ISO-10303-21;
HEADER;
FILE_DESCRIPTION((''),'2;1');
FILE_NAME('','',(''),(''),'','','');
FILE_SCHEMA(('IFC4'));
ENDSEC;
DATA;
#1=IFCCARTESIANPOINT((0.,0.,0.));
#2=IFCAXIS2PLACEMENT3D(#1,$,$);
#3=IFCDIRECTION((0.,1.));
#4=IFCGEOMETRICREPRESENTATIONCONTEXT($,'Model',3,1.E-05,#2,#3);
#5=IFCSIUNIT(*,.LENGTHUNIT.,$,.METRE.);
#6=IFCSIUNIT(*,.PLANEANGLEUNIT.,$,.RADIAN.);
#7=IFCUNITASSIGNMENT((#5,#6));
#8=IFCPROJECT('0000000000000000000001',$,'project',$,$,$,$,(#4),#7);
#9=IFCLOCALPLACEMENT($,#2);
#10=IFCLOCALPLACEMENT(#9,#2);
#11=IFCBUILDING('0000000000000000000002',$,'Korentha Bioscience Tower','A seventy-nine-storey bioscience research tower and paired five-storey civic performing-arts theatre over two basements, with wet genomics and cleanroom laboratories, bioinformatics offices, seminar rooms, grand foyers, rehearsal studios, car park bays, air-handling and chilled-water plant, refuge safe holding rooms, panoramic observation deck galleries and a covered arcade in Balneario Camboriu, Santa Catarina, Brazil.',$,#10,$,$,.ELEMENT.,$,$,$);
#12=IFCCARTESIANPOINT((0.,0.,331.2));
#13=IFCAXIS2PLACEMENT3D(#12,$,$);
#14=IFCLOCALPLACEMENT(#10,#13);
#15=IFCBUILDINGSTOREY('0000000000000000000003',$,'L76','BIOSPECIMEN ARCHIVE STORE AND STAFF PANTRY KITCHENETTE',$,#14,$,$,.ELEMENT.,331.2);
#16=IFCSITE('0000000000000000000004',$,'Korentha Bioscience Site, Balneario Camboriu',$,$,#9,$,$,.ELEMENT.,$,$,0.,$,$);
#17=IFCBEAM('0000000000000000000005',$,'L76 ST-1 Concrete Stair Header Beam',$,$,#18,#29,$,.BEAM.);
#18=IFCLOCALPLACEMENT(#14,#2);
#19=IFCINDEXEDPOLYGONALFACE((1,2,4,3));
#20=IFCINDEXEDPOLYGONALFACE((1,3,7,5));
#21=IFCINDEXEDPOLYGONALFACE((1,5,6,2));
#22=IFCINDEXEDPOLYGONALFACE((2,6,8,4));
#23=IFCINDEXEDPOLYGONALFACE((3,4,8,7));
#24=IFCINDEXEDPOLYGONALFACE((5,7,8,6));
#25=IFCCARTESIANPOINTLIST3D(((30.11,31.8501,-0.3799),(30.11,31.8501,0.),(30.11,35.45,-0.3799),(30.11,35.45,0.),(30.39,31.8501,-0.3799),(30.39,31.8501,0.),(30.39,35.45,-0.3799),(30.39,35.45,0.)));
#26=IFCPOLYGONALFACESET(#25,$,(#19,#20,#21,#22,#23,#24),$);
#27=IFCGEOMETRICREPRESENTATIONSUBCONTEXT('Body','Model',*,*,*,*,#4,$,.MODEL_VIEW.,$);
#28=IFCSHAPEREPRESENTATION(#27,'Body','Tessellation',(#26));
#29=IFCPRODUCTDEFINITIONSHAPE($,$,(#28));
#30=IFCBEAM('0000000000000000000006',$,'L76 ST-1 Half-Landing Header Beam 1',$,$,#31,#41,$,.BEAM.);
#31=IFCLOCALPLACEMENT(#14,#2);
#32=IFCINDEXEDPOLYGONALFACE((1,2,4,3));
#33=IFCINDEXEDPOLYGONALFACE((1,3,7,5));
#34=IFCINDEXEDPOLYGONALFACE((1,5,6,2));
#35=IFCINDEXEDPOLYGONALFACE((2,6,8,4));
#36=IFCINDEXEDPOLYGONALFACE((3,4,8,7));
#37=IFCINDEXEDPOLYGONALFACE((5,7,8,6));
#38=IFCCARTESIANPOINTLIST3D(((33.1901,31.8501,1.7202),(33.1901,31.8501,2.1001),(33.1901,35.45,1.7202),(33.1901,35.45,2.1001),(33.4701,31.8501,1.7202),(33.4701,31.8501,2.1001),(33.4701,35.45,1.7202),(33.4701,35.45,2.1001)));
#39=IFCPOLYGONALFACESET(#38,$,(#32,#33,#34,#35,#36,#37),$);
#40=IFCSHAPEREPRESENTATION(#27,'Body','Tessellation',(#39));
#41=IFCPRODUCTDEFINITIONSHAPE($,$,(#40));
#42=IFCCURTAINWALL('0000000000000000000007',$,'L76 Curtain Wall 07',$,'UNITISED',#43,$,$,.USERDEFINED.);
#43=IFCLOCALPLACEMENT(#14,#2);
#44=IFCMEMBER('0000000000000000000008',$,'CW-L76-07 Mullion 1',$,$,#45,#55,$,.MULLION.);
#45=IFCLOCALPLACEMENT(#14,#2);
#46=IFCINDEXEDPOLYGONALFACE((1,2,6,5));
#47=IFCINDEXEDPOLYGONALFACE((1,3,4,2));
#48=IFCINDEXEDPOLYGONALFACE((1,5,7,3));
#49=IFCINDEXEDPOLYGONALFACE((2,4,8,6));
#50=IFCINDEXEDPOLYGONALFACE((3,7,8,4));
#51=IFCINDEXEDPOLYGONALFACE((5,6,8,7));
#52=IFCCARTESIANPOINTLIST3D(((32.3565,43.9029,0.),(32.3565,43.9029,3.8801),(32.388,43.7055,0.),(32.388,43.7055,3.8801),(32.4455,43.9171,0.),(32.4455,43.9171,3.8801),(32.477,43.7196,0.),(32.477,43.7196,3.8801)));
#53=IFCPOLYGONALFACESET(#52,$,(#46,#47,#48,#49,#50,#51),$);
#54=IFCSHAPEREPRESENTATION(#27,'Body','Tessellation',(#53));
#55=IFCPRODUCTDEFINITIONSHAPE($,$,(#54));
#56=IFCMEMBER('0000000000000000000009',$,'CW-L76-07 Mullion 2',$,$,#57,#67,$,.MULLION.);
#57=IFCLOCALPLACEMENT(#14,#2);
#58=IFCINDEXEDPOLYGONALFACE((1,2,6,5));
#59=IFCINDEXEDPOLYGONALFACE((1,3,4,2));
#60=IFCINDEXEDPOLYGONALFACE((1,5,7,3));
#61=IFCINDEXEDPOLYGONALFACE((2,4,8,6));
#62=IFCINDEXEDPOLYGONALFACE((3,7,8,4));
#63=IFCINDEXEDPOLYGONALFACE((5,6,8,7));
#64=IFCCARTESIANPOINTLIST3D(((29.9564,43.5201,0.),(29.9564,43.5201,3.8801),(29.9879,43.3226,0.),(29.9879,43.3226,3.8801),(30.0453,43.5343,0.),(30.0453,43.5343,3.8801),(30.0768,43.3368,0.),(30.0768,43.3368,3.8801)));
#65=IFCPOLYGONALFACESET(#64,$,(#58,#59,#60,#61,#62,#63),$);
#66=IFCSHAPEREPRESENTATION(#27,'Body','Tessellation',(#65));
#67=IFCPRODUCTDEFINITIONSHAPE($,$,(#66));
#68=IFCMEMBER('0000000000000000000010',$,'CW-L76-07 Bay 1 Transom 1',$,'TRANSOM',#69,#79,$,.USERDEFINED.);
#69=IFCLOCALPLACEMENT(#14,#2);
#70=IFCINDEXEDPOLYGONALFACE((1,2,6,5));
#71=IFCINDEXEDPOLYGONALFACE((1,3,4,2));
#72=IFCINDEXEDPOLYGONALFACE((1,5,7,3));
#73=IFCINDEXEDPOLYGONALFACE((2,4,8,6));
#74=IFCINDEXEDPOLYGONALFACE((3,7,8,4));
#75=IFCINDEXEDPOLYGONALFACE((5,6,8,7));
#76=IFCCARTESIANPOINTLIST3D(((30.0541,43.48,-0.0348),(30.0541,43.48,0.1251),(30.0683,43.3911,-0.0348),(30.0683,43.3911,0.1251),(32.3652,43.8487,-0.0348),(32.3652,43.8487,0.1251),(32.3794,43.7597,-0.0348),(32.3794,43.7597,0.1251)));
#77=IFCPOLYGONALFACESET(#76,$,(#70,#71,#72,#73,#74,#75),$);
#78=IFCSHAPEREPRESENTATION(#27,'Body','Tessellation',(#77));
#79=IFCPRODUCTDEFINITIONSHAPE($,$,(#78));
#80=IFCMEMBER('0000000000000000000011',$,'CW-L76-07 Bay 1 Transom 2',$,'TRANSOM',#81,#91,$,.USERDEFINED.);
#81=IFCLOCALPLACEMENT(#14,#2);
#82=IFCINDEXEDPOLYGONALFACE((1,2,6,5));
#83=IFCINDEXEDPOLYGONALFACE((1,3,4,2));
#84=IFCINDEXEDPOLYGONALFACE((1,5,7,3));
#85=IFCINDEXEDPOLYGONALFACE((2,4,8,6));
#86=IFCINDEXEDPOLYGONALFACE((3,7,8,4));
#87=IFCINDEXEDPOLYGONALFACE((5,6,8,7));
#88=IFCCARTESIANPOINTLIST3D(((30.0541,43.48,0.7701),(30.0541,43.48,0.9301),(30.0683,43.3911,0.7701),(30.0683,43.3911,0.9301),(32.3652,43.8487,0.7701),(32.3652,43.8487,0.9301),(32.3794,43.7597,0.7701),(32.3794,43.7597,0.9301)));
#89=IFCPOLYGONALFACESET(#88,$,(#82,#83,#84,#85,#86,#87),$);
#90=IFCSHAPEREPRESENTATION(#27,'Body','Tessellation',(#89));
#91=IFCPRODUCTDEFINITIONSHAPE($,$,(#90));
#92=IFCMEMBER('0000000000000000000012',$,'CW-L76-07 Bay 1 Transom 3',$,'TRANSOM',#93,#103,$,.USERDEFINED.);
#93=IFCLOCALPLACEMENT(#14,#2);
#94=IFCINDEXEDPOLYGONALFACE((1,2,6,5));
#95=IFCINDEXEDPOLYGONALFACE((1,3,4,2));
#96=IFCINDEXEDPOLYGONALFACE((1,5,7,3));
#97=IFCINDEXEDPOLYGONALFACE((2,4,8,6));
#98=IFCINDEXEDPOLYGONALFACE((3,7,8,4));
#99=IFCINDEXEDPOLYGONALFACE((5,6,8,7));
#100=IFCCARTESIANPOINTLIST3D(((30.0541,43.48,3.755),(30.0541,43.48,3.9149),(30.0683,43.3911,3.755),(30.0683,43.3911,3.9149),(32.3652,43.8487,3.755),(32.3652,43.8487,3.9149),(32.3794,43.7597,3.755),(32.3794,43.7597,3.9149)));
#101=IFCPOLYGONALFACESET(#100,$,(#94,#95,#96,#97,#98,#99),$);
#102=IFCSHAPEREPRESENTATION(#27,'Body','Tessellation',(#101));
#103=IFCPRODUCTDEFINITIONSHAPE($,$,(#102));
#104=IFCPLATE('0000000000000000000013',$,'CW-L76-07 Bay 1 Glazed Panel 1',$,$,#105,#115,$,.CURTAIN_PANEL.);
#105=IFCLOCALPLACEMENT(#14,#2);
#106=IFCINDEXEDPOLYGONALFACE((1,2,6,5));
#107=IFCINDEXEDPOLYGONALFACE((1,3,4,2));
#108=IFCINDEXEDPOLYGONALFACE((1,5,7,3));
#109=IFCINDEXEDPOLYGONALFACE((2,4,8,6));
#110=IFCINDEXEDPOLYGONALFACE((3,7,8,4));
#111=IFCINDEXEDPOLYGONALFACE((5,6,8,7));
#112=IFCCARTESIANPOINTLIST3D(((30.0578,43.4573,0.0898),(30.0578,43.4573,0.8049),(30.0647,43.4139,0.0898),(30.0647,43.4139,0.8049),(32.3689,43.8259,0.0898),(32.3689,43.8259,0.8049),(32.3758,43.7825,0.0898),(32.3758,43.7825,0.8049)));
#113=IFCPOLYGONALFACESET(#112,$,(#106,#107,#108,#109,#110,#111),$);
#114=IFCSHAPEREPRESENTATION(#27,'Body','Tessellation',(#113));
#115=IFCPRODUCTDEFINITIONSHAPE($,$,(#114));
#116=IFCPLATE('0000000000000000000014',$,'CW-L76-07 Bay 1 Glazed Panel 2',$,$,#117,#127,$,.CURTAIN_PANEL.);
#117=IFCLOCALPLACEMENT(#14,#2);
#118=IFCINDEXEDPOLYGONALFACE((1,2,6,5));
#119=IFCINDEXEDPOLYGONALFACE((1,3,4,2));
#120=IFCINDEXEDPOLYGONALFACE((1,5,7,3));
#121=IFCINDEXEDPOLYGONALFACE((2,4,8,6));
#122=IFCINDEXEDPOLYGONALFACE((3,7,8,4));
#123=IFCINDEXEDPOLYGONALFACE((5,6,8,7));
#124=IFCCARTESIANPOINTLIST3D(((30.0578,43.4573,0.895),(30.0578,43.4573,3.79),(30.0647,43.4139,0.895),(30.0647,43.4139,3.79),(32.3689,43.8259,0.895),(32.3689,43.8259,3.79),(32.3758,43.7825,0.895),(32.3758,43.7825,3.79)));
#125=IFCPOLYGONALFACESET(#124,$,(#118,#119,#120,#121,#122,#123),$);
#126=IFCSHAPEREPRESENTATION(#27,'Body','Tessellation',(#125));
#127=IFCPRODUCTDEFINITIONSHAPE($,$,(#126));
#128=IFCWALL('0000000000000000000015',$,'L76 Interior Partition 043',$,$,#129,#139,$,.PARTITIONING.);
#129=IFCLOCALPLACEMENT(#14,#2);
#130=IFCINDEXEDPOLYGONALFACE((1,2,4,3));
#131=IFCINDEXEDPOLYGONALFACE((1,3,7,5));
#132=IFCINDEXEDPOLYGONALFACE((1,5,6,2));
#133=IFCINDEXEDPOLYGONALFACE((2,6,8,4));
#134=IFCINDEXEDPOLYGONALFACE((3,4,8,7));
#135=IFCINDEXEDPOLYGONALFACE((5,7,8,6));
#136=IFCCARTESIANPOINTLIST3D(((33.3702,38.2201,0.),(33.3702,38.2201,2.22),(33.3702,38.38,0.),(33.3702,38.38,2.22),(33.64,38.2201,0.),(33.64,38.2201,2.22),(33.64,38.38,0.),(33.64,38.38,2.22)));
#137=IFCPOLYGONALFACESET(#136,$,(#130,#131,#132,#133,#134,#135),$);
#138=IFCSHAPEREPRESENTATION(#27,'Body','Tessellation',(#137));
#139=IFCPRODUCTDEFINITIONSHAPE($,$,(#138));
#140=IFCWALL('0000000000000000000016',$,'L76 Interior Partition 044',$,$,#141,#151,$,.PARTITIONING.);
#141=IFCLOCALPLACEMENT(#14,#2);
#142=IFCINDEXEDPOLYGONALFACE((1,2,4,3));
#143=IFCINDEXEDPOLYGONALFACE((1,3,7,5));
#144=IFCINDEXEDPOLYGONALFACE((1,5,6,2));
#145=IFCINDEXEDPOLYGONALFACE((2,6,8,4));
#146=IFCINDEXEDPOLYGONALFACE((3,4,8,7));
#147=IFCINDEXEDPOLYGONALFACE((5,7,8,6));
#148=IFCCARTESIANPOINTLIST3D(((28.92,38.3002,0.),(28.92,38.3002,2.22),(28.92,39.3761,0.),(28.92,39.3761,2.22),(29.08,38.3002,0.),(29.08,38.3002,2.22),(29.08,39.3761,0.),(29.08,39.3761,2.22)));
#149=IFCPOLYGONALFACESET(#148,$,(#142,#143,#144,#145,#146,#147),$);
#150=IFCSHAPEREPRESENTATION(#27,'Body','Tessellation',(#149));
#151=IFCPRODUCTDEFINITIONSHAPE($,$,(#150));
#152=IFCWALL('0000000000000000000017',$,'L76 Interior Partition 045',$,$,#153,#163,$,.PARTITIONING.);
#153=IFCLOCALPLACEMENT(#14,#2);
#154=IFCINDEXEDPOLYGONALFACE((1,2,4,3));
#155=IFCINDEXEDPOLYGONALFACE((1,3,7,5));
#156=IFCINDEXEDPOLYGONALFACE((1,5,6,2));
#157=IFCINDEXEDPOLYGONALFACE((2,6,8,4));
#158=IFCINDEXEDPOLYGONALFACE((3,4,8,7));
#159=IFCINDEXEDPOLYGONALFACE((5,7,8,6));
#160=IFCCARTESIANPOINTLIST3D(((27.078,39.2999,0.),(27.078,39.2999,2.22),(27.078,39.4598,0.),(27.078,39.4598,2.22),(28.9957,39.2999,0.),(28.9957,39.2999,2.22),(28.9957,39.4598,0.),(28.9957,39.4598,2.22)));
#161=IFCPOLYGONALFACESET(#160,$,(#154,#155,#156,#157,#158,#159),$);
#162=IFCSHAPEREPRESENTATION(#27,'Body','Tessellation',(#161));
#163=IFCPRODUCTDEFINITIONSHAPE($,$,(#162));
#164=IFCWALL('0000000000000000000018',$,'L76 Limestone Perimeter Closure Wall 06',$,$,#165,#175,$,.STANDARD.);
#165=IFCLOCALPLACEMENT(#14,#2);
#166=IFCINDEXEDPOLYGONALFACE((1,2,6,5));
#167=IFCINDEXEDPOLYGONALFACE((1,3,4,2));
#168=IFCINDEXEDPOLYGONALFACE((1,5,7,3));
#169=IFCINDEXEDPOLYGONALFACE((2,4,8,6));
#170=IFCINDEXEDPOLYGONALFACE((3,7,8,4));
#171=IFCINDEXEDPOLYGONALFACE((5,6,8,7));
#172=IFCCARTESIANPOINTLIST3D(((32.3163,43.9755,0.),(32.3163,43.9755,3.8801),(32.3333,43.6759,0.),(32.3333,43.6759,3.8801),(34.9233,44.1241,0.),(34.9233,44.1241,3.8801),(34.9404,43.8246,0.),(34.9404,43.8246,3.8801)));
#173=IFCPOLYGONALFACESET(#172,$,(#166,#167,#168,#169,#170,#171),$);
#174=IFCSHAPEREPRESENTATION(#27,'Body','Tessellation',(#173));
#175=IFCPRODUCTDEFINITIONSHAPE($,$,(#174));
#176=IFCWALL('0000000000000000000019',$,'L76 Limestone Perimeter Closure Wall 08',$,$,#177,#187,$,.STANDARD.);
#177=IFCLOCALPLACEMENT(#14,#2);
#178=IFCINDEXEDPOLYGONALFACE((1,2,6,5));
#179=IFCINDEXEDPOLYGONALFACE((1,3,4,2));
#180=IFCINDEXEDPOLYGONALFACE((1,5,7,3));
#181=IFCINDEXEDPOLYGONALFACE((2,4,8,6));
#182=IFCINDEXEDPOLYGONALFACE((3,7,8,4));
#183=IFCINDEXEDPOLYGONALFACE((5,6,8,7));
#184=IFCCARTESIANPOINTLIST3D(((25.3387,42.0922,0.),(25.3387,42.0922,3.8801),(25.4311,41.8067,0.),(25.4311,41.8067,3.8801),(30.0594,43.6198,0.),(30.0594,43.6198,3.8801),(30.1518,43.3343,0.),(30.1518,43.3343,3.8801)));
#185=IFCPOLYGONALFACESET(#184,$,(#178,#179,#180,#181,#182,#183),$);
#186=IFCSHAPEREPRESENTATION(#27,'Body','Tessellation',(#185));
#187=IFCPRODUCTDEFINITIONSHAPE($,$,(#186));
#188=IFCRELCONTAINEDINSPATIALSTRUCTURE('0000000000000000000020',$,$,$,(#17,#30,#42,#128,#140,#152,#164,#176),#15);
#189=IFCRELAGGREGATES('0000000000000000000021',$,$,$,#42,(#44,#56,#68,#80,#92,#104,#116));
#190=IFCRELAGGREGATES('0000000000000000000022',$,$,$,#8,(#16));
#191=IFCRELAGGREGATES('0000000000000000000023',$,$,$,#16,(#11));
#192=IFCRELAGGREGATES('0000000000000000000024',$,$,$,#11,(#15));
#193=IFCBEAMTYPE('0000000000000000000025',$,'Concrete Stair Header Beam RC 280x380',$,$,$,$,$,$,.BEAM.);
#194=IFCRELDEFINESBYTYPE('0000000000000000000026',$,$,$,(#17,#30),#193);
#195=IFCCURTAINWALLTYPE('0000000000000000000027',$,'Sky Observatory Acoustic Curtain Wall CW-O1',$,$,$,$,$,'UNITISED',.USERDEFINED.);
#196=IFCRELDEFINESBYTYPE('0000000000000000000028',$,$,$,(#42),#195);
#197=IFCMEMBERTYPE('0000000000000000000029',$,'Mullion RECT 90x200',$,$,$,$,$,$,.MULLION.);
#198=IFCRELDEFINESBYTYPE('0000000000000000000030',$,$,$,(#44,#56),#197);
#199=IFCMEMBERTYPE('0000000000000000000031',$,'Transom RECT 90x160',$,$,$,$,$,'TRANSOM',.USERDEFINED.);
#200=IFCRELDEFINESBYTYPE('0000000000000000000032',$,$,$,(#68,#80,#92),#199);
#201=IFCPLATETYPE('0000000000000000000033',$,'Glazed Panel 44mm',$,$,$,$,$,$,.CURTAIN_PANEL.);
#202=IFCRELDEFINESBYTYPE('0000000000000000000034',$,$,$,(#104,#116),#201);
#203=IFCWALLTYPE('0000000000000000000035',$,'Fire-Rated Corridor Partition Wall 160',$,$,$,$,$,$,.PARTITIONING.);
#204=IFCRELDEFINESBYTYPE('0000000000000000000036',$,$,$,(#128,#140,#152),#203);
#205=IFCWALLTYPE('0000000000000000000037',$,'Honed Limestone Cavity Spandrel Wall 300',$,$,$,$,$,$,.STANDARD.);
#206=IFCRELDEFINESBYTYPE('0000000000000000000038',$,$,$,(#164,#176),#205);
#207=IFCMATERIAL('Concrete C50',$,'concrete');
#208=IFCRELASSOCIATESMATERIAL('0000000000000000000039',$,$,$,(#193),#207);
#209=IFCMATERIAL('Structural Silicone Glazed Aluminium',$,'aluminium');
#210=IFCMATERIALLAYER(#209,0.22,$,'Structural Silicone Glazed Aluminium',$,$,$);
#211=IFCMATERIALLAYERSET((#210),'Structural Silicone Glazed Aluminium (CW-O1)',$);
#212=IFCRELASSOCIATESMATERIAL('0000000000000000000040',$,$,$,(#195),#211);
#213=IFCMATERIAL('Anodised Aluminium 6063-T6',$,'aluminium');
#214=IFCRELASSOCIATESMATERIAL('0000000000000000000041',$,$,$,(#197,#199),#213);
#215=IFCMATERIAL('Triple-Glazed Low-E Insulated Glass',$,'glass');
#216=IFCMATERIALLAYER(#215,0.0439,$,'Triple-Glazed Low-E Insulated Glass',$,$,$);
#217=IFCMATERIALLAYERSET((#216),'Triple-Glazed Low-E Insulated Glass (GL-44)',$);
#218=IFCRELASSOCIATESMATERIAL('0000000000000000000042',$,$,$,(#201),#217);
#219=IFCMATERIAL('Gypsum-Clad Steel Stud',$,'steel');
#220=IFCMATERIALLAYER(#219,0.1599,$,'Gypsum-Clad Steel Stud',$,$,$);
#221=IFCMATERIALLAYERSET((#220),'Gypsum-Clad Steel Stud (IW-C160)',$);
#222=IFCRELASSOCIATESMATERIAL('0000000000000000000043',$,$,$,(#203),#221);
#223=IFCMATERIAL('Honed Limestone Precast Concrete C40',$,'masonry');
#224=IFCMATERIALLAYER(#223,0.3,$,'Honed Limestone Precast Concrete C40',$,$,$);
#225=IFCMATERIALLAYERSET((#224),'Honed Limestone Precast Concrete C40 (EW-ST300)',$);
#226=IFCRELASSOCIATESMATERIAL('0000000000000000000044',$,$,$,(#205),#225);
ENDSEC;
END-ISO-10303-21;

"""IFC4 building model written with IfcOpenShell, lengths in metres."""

from ifc_helpers import new_model, si_unit, direction, frame, frame_2d, origin, origin_2d, place, context, subcontext, project, spatial, rectangle, extrude, material, layer, layer_set, material_profile, profile_set, type_object, element, aggregate, save


model = new_model("IFC4")

# Units and contexts
model_context = context("Model", 3, precision=1e-05, world=origin(), true_north=direction((0.0, 1.0)))
body_context = subcontext(model_context, "Body", "Model", "MODEL_VIEW")
ifc_project = project(units=[si_unit("LENGTHUNIT", "METRE"), si_unit("PLANEANGLEUNIT", "RADIAN")], contexts=[model_context])

# Site, building, storey
site_placement = place(None, origin())
site = spatial("IfcSite", under=ifc_project, at=site_placement, Name="Korentha Bioscience Site, Balneario Camboriu", CompositionType="ELEMENT", RefElevation=0.0)
building_placement = place(site_placement, origin())
building = spatial("IfcBuilding", under=site, at=building_placement, Name="Korentha Bioscience Tower", Description="A seventy-nine-storey bioscience research tower and paired five-storey civic performing-arts theatre over two basements, with wet genomics and cleanroom laboratories, bioinformatics offices, seminar rooms, grand foyers, rehearsal studios, car park bays, air-handling and chilled-water plant, refuge safe holding rooms, panoramic observation deck galleries and a covered arcade in Balneario Camboriu, Santa Catarina, Brazil.", CompositionType="ELEMENT")
storey_placement = place(building_placement, frame((0.0, 0.0, 331.2)))
storey = spatial("IfcBuildingStorey", under=building, at=storey_placement, Name="L76", Description="BIOSPECIMEN ARCHIVE STORE AND STAFF PANTRY KITCHENETTE", CompositionType="ELEMENT", Elevation=331.2)

# Beams
ifc_material_1 = material(Name="Concrete C50", Category="concrete")
ifc_material_profile_1 = material_profile(ifc_material_1, rectangle(XDim=0.28, YDim=0.3799, at=origin_2d()), Name="Concrete C50")
ifc_profile_set_1 = profile_set([ifc_material_profile_1], Name="Concrete C50 (ST-HB380)")
beam_type = type_object("IfcBeamType", Name="Concrete Stair Header Beam RC 280x380", PredefinedType="BEAM", material=ifc_profile_set_1)
for number, where, z_axis, x_axis, name in (
    (1, (30.25, 31.8501, -0.1899), (0.0, 1.0, 0.0), (-1.0, 0.0, 0.0), "L76 ST-1 Concrete Stair Header Beam"),
    (2, (33.3301, 31.8501, 1.9102), (0.0, 1.0, 0.0), (-1.0, 0.0, 0.0), "L76 ST-1 Half-Landing Header Beam 1"),
):
    element("IfcBeam", number, at=place(storey_placement, frame(where, z_axis=z_axis, x_axis=x_axis)), inside=storey, type_object=beam_type, Name=name, PredefinedType="BEAM", context=body_context, shape_type="SweptSolid", body=[
        extrude(rectangle(XDim=0.28, YDim=0.3799, at=origin_2d()), origin(), (0.0, 0.0, 1.0), 3.5999),
    ])

# Curtain wall, members, plates
ifc_material_2 = material(Name="Structural Silicone Glazed Aluminium", Category="aluminium")
ifc_layer_1 = layer(ifc_material_2, 0.22, Name="Structural Silicone Glazed Aluminium")
ifc_layer_set_1 = layer_set([ifc_layer_1], Name="Structural Silicone Glazed Aluminium (CW-O1)")
curtain_wall_type = type_object("IfcCurtainWallType", Name="Sky Observatory Acoustic Curtain Wall CW-O1", ElementType="UNITISED", PredefinedType="USERDEFINED", material=ifc_layer_set_1)
curtain_wall_placement = place(storey_placement, origin())
curtain_wall = element("IfcCurtainWall", 3, at=curtain_wall_placement, inside=storey, type_object=curtain_wall_type, Name="L76 Curtain Wall 07", ObjectType="UNITISED", PredefinedType="USERDEFINED")
ifc_material_3 = material(Name="Anodised Aluminium 6063-T6", Category="aluminium")
ifc_material_profile_2 = material_profile(ifc_material_3, rectangle(XDim=0.0901, YDim=0.2, at=origin_2d()), Name="Anodised Aluminium 6063-T6")
ifc_profile_set_2 = profile_set([ifc_material_profile_2], Name="Anodised Aluminium 6063-T6 (CW-MUL)")
member_type_1 = type_object("IfcMemberType", Name="Mullion RECT 90x200", PredefinedType="MULLION", material=ifc_profile_set_2)
member_1_placement = place(storey_placement, frame((32.4167, 43.8113, 0.0), z_axis=(0.0, 0.0, 1.0), x_axis=(-0.987516, -0.157517, 0.0)))
member_1 = element("IfcMember", 4, at=member_1_placement, type_object=member_type_1, Name="CW-L76-07 Mullion 1", PredefinedType="MULLION", context=body_context, shape_type="SweptSolid", body=[
    extrude(rectangle(XDim=0.0901, YDim=0.2, at=origin_2d()), origin(), (0.0, 0.0, 1.0), 3.8801),
])
member_2_placement = place(storey_placement, frame((30.0166, 43.4285, 0.0), z_axis=(0.0, 0.0, 1.0), x_axis=(-0.987516, -0.157517, 0.0)))
member_2 = element("IfcMember", 5, at=member_2_placement, type_object=member_type_1, Name="CW-L76-07 Mullion 2", PredefinedType="MULLION", context=body_context, shape_type="SweptSolid", body=[
    extrude(rectangle(XDim=0.0901, YDim=0.2, at=origin_2d()), origin(), (0.0, 0.0, 1.0), 3.8801),
])
ifc_material_profile_3 = material_profile(ifc_material_3, rectangle(XDim=0.0901, YDim=0.1599, at=origin_2d()), Name="Anodised Aluminium 6063-T6")
ifc_profile_set_3 = profile_set([ifc_material_profile_3], Name="Anodised Aluminium 6063-T6 (CW-TRN)")
member_type_2 = type_object("IfcMemberType", Name="Transom RECT 90x160", ElementType="TRANSOM", PredefinedType="USERDEFINED", material=ifc_profile_set_3)
member_3_placement = place(storey_placement, frame((32.3723, 43.8042, 0.0452), z_axis=(-0.987515, -0.157527, 0.0), x_axis=(0.157527, -0.987515, 0.0)))
member_3 = element("IfcMember", 6, at=member_3_placement, type_object=member_type_2, Name="CW-L76-07 Bay 1 Transom 1", ObjectType="TRANSOM", PredefinedType="USERDEFINED", context=body_context, shape_type="SweptSolid", body=[
    extrude(rectangle(XDim=0.0901, YDim=0.1599, at=origin_2d()), origin(), (0.0, 0.0, 1.0), 2.3403),
])
member_4_placement = place(storey_placement, frame((32.3723, 43.8042, 0.8501), z_axis=(-0.987515, -0.157527, 0.0), x_axis=(0.157527, -0.987515, 0.0)))
member_4 = element("IfcMember", 7, at=member_4_placement, type_object=member_type_2, Name="CW-L76-07 Bay 1 Transom 2", ObjectType="TRANSOM", PredefinedType="USERDEFINED", context=body_context, shape_type="SweptSolid", body=[
    extrude(rectangle(XDim=0.0901, YDim=0.1599, at=origin_2d()), origin(), (0.0, 0.0, 1.0), 2.3403),
])
member_5_placement = place(storey_placement, frame((32.3723, 43.8042, 3.835), z_axis=(-0.987515, -0.157527, 0.0), x_axis=(0.157527, -0.987515, 0.0)))
member_5 = element("IfcMember", 8, at=member_5_placement, type_object=member_type_2, Name="CW-L76-07 Bay 1 Transom 3", ObjectType="TRANSOM", PredefinedType="USERDEFINED", context=body_context, shape_type="SweptSolid", body=[
    extrude(rectangle(XDim=0.0901, YDim=0.1599, at=origin_2d()), origin(), (0.0, 0.0, 1.0), 2.3403),
])
ifc_material_4 = material(Name="Triple-Glazed Low-E Insulated Glass", Category="glass")
ifc_layer_2 = layer(ifc_material_4, 0.0439, Name="Triple-Glazed Low-E Insulated Glass")
ifc_layer_set_2 = layer_set([ifc_layer_2], Name="Triple-Glazed Low-E Insulated Glass (GL-44)")
plate_type = type_object("IfcPlateType", Name="Glazed Panel 44mm", PredefinedType="CURTAIN_PANEL", material=ifc_layer_set_2)
plate_1_placement = place(storey_placement, frame((31.2168, 43.6199, 0.0898), z_axis=(0.0, 0.0, 1.0), x_axis=(-0.987516, -0.157517, 0.0)))
plate_1 = element("IfcPlate", 9, at=plate_1_placement, type_object=plate_type, Name="CW-L76-07 Bay 1 Glazed Panel 1", PredefinedType="CURTAIN_PANEL", context=body_context, shape_type="SweptSolid", body=[
    extrude(rectangle(XDim=2.3403, YDim=0.0439, at=origin_2d()), origin(), (0.0, 0.0, 1.0), 0.7151),
])
plate_2_placement = place(storey_placement, frame((31.2168, 43.6199, 0.895), z_axis=(0.0, 0.0, 1.0), x_axis=(-0.987516, -0.157517, 0.0)))
plate_2 = element("IfcPlate", 10, at=plate_2_placement, type_object=plate_type, Name="CW-L76-07 Bay 1 Glazed Panel 2", PredefinedType="CURTAIN_PANEL", context=body_context, shape_type="SweptSolid", body=[
    extrude(rectangle(XDim=2.3403, YDim=0.0439, at=origin_2d()), origin(), (0.0, 0.0, 1.0), 2.895),
])
aggregate(curtain_wall, [member_1, member_2, member_3, member_4, member_5, plate_1, plate_2])

# Walls
ifc_material_5 = material(Name="Gypsum-Clad Steel Stud", Category="steel")
ifc_layer_3 = layer(ifc_material_5, 0.1599, Name="Gypsum-Clad Steel Stud")
ifc_layer_set_3 = layer_set([ifc_layer_3], Name="Gypsum-Clad Steel Stud (IW-C160)")
wall_type_1 = type_object("IfcWallType", Name="Fire-Rated Corridor Partition Wall 160", PredefinedType="PARTITIONING", material=ifc_layer_set_3)
wall_1_placement = place(storey_placement, frame((33.6399, 38.3, 0.0), z_axis=(0.0, 0.0, 1.0), x_axis=(-1.0, 0.0, 0.0)))
element("IfcWall", 11, at=wall_1_placement, inside=storey, type_object=wall_type_1, Name="L76 Interior Partition 043", PredefinedType="PARTITIONING", context=body_context, shape_type="SweptSolid", body=[
    extrude(rectangle(XDim=0.2698, YDim=0.1599, at=frame_2d((0.1348, 0.0))), origin(), (0.0, 0.0, 1.0), 2.22),
])
wall_2_placement = place(storey_placement, frame((29.0, 38.3, 0.0), z_axis=(0.0, 0.0, 1.0), x_axis=(0.0, 1.0, 0.0)))
element("IfcWall", 12, at=wall_2_placement, inside=storey, type_object=wall_type_1, Name="L76 Interior Partition 044", PredefinedType="PARTITIONING", context=body_context, shape_type="SweptSolid", body=[
    extrude(rectangle(XDim=1.0759, YDim=0.1599, at=frame_2d((0.5381, 0.0))), origin(), (0.0, 0.0, 1.0), 2.22),
])
wall_3_placement = place(storey_placement, frame((28.9958, 39.3799, 0.0), z_axis=(0.0, 0.0, 1.0), x_axis=(-1.0, 0.0, 0.0)))
element("IfcWall", 13, at=wall_3_placement, inside=storey, type_object=wall_type_1, Name="L76 Interior Partition 045", PredefinedType="PARTITIONING", context=body_context, shape_type="SweptSolid", body=[
    extrude(rectangle(XDim=1.9177, YDim=0.1599, at=frame_2d((0.959, 0.0))), origin(), (0.0, 0.0, 1.0), 2.22),
])
ifc_material_6 = material(Name="Honed Limestone Precast Concrete C40", Category="masonry")
ifc_layer_4 = layer(ifc_material_6, 0.3, Name="Honed Limestone Precast Concrete C40")
ifc_layer_set_4 = layer_set([ifc_layer_4], Name="Honed Limestone Precast Concrete C40 (EW-ST300)")
wall_type_2 = type_object("IfcWallType", Name="Honed Limestone Cavity Spandrel Wall 300", PredefinedType="STANDARD", material=ifc_layer_set_4)
wall_4_placement = place(storey_placement, frame((34.9319, 43.9744, 0.0), z_axis=(0.0, 0.0, 1.0), x_axis=(-0.998378, -0.056935, 0.0)))
element("IfcWall", 14, at=wall_4_placement, inside=storey, type_object=wall_type_2, Name="L76 Limestone Perimeter Closure Wall 06", PredefinedType="STANDARD", context=body_context, shape_type="SweptSolid", body=[
    extrude(rectangle(XDim=2.6113, YDim=0.3, at=frame_2d((1.3057, 0.0))), origin(), (0.0, 0.0, 1.0), 3.8801),
])
wall_5_placement = place(storey_placement, frame((30.1057, 43.4771, 0.0), z_axis=(0.0, 0.0, 1.0), x_axis=(-0.951427, -0.307875, 0.0)))
element("IfcWall", 15, at=wall_5_placement, inside=storey, type_object=wall_type_2, Name="L76 Limestone Perimeter Closure Wall 08", PredefinedType="STANDARD", context=body_context, shape_type="SweptSolid", body=[
    extrude(rectangle(XDim=4.9617, YDim=0.3, at=frame_2d((2.481, 0.0))), origin(), (0.0, 0.0, 1.0), 3.8801),
])

save(model, "model.ifc")
